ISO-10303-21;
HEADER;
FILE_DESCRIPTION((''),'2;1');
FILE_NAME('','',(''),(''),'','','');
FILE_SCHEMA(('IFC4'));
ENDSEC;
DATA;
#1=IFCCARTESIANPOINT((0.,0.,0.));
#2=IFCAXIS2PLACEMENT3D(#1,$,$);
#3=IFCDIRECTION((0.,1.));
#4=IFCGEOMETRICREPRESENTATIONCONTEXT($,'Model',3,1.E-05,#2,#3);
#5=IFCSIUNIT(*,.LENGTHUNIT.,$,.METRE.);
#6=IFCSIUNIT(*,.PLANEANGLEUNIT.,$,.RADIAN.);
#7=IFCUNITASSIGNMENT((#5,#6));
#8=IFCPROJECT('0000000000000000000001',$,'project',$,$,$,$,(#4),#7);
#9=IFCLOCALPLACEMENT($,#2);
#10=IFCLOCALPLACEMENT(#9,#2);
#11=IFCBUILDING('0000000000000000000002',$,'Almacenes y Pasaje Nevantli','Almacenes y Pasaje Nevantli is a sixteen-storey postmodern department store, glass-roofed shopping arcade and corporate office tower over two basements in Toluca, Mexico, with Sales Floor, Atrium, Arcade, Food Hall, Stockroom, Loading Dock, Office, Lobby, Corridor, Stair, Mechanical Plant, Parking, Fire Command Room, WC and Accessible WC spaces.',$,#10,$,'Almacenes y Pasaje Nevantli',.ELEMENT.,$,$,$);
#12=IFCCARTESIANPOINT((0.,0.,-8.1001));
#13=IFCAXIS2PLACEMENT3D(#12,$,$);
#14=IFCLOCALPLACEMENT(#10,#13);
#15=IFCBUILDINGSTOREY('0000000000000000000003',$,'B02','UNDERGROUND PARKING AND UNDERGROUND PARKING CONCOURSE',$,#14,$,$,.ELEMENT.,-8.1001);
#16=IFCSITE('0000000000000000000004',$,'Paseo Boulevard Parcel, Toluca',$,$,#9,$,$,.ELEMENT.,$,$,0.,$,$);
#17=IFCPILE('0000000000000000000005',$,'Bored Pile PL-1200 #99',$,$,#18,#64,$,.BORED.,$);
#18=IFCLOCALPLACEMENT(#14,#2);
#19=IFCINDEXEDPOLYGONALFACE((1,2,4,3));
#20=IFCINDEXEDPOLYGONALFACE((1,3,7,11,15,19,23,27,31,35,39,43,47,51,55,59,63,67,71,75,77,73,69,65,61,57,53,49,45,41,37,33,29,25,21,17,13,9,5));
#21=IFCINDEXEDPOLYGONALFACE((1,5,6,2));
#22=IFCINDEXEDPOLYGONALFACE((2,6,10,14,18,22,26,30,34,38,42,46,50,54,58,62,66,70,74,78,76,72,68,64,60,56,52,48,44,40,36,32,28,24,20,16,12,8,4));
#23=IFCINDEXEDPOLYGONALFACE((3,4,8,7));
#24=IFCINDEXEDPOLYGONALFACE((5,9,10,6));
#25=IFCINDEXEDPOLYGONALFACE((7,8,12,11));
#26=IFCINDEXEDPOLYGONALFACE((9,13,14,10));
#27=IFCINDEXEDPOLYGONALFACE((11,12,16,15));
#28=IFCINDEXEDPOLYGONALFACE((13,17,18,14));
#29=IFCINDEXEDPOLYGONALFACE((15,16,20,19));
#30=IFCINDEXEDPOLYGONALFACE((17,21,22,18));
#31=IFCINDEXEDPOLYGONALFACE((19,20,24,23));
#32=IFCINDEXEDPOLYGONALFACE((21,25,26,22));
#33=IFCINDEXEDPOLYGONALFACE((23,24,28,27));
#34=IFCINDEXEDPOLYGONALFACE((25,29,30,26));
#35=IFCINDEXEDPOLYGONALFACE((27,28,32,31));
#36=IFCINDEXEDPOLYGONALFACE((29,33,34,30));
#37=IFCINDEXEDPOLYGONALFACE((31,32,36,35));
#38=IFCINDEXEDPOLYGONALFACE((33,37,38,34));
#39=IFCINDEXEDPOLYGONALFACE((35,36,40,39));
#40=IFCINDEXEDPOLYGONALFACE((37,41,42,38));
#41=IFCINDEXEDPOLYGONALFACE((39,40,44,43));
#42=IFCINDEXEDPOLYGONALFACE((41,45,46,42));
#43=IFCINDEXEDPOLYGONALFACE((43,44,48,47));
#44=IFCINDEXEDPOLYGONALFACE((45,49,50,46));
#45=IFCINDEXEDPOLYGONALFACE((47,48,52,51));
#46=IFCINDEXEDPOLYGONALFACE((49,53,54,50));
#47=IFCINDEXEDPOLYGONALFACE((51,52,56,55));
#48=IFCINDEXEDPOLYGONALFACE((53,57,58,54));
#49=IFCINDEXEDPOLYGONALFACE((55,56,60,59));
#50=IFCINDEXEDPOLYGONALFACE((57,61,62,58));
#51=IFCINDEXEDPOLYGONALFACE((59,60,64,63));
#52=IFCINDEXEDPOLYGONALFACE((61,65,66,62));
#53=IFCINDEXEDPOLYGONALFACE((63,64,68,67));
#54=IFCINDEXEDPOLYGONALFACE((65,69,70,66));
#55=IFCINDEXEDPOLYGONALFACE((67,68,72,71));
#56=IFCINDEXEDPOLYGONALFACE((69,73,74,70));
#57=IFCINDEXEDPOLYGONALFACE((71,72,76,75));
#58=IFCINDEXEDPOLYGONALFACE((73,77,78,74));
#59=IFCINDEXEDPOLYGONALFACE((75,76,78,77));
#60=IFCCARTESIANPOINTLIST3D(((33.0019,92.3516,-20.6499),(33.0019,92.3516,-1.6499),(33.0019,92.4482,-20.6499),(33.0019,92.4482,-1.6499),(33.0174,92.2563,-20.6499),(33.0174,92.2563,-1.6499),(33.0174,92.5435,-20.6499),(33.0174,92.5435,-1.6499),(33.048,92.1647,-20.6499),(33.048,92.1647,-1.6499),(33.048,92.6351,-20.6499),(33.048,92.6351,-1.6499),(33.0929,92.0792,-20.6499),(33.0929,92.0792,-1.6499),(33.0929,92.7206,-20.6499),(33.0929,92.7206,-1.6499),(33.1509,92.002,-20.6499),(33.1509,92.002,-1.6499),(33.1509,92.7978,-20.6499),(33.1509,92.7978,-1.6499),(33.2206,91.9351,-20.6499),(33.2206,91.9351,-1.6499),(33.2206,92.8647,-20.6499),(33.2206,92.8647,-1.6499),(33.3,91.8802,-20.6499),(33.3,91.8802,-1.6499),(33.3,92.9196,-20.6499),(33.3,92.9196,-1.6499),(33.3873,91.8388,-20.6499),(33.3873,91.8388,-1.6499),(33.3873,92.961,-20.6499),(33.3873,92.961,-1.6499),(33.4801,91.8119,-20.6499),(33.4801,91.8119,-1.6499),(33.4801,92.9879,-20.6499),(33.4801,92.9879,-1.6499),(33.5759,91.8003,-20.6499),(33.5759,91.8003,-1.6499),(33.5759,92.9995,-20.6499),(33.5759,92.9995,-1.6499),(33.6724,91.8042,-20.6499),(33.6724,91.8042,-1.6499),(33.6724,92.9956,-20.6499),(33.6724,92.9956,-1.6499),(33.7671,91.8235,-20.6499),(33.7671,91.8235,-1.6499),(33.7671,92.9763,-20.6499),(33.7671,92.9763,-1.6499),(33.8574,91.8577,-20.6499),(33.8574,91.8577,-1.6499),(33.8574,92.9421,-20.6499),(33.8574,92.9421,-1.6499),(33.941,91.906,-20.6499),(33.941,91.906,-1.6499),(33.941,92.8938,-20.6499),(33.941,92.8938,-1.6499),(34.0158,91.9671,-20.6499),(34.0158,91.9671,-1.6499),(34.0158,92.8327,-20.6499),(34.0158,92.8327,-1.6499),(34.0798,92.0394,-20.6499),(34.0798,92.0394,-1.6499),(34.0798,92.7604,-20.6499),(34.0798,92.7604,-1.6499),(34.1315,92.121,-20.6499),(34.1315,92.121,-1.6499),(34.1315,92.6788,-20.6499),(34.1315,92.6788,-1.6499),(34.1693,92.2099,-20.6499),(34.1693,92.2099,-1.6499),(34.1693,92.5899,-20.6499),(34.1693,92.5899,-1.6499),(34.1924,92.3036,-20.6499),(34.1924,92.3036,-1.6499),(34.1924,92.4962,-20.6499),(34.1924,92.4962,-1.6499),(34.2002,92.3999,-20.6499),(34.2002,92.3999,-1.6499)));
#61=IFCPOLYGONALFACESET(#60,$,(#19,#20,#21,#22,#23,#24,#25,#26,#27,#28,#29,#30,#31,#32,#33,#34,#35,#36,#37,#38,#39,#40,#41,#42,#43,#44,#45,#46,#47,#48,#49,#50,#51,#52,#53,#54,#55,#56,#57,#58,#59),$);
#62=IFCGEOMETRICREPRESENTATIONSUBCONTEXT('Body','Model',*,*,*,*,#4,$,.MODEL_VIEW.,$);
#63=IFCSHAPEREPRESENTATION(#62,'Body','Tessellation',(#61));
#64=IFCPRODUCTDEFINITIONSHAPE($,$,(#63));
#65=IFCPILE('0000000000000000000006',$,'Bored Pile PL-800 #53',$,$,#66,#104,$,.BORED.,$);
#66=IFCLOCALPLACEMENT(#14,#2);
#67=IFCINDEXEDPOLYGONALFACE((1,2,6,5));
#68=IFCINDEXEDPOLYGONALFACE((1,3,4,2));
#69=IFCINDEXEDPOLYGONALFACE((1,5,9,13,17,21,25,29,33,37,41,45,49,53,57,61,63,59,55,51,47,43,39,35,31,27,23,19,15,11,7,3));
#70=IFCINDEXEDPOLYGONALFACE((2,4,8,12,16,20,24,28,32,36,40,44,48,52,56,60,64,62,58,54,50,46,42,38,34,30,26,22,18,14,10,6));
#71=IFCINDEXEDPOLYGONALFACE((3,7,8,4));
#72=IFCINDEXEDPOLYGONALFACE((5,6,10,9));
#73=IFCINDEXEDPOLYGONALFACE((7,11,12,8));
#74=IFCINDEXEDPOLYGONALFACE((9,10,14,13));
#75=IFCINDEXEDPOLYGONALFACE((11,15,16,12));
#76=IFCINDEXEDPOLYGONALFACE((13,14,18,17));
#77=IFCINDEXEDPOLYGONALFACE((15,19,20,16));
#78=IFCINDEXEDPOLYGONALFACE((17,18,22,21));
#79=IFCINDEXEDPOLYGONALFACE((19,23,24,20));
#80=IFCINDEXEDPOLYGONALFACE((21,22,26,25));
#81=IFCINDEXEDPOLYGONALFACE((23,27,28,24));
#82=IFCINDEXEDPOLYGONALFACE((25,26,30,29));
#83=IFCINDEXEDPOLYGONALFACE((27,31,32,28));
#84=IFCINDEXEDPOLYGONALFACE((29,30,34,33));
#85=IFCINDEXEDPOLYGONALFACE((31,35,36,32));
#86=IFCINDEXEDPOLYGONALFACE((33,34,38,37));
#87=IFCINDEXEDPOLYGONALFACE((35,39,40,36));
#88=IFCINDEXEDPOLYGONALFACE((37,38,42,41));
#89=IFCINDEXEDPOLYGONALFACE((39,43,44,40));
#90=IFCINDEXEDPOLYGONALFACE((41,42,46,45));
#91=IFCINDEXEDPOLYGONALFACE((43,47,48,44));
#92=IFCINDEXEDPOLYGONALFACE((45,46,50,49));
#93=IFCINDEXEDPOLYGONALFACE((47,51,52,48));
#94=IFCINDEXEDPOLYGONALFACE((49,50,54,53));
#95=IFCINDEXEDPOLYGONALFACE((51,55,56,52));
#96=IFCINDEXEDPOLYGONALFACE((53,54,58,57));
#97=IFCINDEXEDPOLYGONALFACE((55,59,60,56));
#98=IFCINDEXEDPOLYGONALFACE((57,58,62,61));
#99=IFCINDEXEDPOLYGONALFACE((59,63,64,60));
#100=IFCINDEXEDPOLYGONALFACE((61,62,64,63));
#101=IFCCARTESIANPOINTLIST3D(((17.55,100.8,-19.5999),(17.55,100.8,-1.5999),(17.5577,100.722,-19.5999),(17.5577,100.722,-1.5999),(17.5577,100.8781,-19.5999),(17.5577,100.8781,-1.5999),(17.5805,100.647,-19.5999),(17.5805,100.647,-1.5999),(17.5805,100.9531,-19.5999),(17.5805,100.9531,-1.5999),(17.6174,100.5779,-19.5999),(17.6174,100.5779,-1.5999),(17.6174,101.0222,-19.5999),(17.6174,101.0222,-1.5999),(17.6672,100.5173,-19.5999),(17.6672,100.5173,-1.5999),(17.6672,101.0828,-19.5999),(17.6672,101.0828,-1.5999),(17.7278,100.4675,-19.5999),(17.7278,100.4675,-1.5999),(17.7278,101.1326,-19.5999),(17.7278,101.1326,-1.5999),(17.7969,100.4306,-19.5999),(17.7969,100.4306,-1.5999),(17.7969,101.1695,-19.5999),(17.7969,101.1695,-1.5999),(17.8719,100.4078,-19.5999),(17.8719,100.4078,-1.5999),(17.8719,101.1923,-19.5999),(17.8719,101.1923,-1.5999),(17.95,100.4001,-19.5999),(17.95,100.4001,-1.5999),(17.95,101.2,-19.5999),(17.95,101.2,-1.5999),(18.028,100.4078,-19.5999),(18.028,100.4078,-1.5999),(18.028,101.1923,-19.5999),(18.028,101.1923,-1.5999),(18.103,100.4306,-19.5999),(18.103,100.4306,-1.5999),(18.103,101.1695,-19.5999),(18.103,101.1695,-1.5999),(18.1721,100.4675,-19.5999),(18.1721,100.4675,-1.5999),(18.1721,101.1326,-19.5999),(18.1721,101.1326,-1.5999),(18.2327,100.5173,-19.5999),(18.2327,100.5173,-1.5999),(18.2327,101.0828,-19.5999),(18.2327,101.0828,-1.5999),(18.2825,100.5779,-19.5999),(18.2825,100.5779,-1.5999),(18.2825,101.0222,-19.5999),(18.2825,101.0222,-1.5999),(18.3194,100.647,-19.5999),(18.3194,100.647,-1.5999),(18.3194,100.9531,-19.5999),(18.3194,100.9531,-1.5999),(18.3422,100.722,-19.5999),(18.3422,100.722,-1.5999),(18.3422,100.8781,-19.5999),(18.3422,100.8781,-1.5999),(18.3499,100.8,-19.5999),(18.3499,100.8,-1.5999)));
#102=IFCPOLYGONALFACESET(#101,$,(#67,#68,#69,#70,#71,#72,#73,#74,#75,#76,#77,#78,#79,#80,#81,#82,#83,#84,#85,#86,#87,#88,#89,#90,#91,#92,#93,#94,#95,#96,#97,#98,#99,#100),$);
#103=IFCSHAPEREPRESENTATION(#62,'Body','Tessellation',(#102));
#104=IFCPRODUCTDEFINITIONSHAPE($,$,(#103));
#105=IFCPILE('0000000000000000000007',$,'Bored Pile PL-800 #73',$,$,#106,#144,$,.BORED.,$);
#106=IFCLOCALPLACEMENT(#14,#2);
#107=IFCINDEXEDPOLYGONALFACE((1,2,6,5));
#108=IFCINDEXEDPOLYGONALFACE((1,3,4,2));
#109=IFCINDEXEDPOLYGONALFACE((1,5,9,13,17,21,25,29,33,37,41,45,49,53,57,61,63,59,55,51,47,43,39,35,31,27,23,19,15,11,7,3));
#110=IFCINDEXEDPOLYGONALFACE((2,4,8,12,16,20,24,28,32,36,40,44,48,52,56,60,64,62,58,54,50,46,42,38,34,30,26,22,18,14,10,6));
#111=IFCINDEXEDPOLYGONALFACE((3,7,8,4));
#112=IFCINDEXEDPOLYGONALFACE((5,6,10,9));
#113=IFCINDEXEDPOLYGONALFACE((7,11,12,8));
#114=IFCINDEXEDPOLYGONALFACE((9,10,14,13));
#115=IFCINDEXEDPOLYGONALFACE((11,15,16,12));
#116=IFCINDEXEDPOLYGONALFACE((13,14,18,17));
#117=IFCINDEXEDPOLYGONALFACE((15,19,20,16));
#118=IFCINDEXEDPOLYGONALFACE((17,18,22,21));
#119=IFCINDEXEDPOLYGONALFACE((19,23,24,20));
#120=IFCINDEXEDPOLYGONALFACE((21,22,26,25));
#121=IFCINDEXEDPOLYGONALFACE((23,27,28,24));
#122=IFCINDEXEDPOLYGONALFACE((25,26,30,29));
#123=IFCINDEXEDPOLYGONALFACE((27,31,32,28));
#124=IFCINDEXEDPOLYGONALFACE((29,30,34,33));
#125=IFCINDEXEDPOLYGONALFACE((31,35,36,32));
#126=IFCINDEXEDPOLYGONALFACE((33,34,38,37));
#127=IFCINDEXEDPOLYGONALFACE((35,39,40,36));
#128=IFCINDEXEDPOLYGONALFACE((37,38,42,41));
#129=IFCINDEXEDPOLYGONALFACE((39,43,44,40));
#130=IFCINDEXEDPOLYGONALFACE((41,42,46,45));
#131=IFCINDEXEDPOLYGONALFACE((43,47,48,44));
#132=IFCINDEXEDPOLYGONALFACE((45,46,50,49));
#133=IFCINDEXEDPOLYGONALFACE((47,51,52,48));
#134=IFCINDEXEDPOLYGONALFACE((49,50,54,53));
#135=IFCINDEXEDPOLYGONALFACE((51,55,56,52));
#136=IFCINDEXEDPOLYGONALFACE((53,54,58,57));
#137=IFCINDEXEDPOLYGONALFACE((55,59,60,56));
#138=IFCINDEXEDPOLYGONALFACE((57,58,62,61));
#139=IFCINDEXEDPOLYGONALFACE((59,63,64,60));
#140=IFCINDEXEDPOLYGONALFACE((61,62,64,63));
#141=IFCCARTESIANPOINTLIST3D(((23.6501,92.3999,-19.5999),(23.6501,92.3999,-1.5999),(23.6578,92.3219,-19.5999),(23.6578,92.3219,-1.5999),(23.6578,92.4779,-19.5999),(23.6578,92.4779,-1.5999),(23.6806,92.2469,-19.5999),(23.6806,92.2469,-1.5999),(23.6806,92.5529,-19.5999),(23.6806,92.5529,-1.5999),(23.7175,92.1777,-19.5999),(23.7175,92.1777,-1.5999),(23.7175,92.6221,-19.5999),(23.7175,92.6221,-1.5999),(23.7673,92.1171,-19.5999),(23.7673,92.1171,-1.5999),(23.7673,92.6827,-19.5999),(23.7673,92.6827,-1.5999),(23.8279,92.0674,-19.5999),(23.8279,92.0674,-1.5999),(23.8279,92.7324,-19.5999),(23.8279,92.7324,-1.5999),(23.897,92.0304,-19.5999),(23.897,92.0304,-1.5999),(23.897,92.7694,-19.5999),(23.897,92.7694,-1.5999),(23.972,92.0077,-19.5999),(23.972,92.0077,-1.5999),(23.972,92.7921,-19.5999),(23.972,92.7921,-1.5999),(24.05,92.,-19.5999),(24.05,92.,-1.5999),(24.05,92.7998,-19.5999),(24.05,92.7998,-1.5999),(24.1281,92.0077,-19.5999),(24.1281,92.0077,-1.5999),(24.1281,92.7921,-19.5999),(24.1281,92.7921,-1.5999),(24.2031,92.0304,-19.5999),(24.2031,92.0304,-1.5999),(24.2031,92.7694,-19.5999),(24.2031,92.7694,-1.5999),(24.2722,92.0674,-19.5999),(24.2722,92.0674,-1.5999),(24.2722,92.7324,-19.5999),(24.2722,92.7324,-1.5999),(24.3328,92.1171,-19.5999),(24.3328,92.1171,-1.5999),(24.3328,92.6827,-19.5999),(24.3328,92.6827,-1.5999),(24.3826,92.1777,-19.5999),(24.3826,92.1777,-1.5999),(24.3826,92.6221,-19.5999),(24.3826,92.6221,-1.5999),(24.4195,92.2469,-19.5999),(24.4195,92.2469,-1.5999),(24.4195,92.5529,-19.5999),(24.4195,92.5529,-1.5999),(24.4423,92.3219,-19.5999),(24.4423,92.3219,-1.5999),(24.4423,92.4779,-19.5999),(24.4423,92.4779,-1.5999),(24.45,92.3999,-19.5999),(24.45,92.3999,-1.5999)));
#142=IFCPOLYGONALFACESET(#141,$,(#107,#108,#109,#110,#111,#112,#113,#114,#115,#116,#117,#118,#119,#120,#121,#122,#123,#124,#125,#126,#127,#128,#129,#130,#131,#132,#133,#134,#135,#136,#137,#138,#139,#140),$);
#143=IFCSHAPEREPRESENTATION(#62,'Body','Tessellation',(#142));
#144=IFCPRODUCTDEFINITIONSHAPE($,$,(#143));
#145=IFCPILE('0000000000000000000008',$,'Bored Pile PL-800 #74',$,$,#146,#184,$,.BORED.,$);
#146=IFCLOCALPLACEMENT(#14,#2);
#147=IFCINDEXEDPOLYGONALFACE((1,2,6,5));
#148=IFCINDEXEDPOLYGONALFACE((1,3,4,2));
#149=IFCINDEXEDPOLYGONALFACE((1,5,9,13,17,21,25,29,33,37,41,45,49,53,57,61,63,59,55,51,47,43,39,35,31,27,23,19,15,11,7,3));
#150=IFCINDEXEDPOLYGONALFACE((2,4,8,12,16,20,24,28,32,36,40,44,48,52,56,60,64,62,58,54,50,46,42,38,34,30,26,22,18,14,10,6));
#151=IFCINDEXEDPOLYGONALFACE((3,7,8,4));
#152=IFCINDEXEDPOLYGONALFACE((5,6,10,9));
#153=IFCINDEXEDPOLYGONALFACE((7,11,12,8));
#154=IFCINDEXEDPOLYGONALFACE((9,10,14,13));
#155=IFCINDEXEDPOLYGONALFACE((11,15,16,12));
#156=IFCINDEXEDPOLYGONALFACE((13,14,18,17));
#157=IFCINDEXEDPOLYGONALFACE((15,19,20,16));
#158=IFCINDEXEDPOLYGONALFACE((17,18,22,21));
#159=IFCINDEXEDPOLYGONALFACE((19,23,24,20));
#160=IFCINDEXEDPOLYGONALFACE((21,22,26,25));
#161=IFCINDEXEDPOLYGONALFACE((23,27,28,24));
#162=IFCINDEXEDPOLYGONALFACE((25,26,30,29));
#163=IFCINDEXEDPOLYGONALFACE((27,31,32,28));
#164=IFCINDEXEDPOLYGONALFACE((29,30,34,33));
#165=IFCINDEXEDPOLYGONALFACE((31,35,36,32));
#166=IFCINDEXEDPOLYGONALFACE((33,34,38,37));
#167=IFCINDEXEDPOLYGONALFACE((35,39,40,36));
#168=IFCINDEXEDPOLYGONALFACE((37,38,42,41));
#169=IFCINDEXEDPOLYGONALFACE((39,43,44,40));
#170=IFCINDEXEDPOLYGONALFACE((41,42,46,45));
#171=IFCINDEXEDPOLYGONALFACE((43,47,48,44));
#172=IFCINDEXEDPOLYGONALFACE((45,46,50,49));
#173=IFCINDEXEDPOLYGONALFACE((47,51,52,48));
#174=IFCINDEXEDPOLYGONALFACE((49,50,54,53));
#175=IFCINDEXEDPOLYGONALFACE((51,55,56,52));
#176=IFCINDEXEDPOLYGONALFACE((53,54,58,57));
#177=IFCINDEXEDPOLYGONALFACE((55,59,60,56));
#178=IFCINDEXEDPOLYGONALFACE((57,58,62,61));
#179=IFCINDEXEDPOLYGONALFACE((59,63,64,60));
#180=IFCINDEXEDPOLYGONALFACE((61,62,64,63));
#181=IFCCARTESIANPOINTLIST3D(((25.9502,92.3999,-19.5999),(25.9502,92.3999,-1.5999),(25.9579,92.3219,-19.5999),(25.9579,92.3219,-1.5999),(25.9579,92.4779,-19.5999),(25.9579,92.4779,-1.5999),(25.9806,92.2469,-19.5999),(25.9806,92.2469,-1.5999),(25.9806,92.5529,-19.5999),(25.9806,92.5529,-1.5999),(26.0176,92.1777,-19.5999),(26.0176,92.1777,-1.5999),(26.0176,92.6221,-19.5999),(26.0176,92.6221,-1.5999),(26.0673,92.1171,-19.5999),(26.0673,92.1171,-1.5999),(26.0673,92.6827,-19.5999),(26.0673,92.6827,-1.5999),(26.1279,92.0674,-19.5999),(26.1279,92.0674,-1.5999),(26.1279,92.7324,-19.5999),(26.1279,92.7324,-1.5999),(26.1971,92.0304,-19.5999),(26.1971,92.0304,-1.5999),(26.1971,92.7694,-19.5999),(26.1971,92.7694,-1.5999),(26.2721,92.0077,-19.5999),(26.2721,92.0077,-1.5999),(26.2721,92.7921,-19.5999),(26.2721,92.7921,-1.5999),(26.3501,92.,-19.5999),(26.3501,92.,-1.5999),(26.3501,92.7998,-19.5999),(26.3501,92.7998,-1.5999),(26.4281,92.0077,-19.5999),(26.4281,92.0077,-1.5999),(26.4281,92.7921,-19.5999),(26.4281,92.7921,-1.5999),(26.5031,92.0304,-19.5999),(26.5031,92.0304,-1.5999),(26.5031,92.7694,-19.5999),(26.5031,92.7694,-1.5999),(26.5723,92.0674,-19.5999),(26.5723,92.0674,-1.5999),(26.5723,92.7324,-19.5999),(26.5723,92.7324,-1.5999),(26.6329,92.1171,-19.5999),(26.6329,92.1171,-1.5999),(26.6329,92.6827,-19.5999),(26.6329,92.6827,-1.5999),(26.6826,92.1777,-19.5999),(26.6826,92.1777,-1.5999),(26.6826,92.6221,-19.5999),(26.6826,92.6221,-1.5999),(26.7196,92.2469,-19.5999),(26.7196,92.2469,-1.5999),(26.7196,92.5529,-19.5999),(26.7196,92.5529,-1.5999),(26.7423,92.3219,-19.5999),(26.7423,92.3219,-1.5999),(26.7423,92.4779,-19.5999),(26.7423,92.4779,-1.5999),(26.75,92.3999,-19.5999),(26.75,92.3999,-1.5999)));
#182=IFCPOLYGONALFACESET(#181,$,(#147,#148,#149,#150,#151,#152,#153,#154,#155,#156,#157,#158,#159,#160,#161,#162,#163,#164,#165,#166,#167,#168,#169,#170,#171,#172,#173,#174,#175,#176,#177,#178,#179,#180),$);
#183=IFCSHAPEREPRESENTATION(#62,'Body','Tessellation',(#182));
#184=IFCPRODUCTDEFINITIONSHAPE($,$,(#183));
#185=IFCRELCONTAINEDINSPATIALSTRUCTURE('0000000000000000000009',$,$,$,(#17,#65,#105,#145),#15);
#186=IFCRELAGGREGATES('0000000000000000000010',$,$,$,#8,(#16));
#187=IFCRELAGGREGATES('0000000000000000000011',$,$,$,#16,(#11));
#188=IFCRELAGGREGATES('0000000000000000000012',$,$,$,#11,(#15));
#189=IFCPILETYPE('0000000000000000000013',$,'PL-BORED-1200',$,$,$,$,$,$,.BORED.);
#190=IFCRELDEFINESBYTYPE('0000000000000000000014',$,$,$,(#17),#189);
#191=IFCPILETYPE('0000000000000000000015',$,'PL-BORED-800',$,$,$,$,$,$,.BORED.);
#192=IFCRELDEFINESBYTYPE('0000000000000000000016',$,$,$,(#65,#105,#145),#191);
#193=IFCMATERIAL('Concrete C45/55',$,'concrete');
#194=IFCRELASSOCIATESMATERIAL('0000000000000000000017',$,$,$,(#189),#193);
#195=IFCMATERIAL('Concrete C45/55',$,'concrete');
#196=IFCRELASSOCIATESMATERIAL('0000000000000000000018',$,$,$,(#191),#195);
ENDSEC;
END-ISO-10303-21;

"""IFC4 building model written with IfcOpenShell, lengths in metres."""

from ifc_helpers import new_model, si_unit, direction, frame, origin, origin_2d, place, context, subcontext, project, spatial, circle, extrude, material, material_profile, profile_set, type_object, element, save


model = new_model("IFC4")

# Units and contexts
model_context = context("Model", 3, precision=1e-05, world=origin(), true_north=direction((0.0, 1.0)))
body_context = subcontext(model_context, "Body", "Model", "MODEL_VIEW")
ifc_project = project(units=[si_unit("LENGTHUNIT", "METRE"), si_unit("PLANEANGLEUNIT", "RADIAN")], contexts=[model_context])

# Site, building, storey
site_placement = place(None, origin())
site = spatial("IfcSite", under=ifc_project, at=site_placement, Name="Paseo Boulevard Parcel, Toluca", CompositionType="ELEMENT", RefElevation=0.0)
building_placement = place(site_placement, origin())
building = spatial("IfcBuilding", under=site, at=building_placement, Name="Almacenes y Pasaje Nevantli", Description="Almacenes y Pasaje Nevantli is a sixteen-storey postmodern department store, glass-roofed shopping arcade and corporate office tower over two basements in Toluca, Mexico, with Sales Floor, Atrium, Arcade, Food Hall, Stockroom, Loading Dock, Office, Lobby, Corridor, Stair, Mechanical Plant, Parking, Fire Command Room, WC and Accessible WC spaces.", LongName="Almacenes y Pasaje Nevantli", CompositionType="ELEMENT")
storey_placement = place(building_placement, frame((0.0, 0.0, -8.1001)))
storey = spatial("IfcBuildingStorey", under=building, at=storey_placement, Name="B02", Description="UNDERGROUND PARKING AND UNDERGROUND PARKING CONCOURSE", CompositionType="ELEMENT", Elevation=-8.1001)

# Piles
ifc_material_1 = material(Name="Concrete C45/55", Category="concrete")
ifc_material_profile_1 = material_profile(ifc_material_1, circle(Radius=0.6001, at=origin_2d()), Name="RC-PILE-D1200")
ifc_profile_set_1 = profile_set([ifc_material_profile_1], Name="Concrete C45/55")
pile_type_1 = type_object("IfcPileType", Name="PL-BORED-1200", PredefinedType="BORED", material=ifc_profile_set_1)
for number, where, z_axis, x_axis, name in (
    (1, (33.6001, 92.3999, -1.6499), (0.0, 0.0, -1.0), (1.0, 0.0, 0.0), "Bored Pile PL-1200 #99"),
):
    element("IfcPile", number, at=place(storey_placement, frame(where, z_axis=z_axis, x_axis=x_axis)), inside=storey, type_object=pile_type_1, Name=name, PredefinedType="BORED", context=body_context, shape_type="SweptSolid", body=[
        extrude(circle(Radius=0.6001, at=origin_2d()), origin(), (0.0, 0.0, 1.0), 19.0),
    ])
ifc_material_2 = material(Name="Concrete C45/55", Category="concrete")
ifc_material_profile_2 = material_profile(ifc_material_2, circle(Radius=0.3999, at=origin_2d()), Name="RC-PILE-D800")
ifc_profile_set_2 = profile_set([ifc_material_profile_2], Name="Concrete C45/55")
pile_type_2 = type_object("IfcPileType", Name="PL-BORED-800", PredefinedType="BORED", material=ifc_profile_set_2)
for number, where, z_axis, x_axis, name in (
    (2, (17.95, 100.8, -1.5999), (0.0, 0.0, -1.0), (1.0, 0.0, 0.0), "Bored Pile PL-800 #53"),
    (3, (24.05, 92.3999, -1.5999), (0.0, 0.0, -1.0), (1.0, 0.0, 0.0), "Bored Pile PL-800 #73"),
    (4, (26.3501, 92.3999, -1.5999), (0.0, 0.0, -1.0), (1.0, 0.0, 0.0), "Bored Pile PL-800 #74"),
):
    element("IfcPile", number, at=place(storey_placement, frame(where, z_axis=z_axis, x_axis=x_axis)), inside=storey, type_object=pile_type_2, Name=name, PredefinedType="BORED", context=body_context, shape_type="SweptSolid", body=[
        extrude(circle(Radius=0.3999, at=origin_2d()), origin(), (0.0, 0.0, 1.0), 18.0),
    ])

save(model, "model.ifc")
